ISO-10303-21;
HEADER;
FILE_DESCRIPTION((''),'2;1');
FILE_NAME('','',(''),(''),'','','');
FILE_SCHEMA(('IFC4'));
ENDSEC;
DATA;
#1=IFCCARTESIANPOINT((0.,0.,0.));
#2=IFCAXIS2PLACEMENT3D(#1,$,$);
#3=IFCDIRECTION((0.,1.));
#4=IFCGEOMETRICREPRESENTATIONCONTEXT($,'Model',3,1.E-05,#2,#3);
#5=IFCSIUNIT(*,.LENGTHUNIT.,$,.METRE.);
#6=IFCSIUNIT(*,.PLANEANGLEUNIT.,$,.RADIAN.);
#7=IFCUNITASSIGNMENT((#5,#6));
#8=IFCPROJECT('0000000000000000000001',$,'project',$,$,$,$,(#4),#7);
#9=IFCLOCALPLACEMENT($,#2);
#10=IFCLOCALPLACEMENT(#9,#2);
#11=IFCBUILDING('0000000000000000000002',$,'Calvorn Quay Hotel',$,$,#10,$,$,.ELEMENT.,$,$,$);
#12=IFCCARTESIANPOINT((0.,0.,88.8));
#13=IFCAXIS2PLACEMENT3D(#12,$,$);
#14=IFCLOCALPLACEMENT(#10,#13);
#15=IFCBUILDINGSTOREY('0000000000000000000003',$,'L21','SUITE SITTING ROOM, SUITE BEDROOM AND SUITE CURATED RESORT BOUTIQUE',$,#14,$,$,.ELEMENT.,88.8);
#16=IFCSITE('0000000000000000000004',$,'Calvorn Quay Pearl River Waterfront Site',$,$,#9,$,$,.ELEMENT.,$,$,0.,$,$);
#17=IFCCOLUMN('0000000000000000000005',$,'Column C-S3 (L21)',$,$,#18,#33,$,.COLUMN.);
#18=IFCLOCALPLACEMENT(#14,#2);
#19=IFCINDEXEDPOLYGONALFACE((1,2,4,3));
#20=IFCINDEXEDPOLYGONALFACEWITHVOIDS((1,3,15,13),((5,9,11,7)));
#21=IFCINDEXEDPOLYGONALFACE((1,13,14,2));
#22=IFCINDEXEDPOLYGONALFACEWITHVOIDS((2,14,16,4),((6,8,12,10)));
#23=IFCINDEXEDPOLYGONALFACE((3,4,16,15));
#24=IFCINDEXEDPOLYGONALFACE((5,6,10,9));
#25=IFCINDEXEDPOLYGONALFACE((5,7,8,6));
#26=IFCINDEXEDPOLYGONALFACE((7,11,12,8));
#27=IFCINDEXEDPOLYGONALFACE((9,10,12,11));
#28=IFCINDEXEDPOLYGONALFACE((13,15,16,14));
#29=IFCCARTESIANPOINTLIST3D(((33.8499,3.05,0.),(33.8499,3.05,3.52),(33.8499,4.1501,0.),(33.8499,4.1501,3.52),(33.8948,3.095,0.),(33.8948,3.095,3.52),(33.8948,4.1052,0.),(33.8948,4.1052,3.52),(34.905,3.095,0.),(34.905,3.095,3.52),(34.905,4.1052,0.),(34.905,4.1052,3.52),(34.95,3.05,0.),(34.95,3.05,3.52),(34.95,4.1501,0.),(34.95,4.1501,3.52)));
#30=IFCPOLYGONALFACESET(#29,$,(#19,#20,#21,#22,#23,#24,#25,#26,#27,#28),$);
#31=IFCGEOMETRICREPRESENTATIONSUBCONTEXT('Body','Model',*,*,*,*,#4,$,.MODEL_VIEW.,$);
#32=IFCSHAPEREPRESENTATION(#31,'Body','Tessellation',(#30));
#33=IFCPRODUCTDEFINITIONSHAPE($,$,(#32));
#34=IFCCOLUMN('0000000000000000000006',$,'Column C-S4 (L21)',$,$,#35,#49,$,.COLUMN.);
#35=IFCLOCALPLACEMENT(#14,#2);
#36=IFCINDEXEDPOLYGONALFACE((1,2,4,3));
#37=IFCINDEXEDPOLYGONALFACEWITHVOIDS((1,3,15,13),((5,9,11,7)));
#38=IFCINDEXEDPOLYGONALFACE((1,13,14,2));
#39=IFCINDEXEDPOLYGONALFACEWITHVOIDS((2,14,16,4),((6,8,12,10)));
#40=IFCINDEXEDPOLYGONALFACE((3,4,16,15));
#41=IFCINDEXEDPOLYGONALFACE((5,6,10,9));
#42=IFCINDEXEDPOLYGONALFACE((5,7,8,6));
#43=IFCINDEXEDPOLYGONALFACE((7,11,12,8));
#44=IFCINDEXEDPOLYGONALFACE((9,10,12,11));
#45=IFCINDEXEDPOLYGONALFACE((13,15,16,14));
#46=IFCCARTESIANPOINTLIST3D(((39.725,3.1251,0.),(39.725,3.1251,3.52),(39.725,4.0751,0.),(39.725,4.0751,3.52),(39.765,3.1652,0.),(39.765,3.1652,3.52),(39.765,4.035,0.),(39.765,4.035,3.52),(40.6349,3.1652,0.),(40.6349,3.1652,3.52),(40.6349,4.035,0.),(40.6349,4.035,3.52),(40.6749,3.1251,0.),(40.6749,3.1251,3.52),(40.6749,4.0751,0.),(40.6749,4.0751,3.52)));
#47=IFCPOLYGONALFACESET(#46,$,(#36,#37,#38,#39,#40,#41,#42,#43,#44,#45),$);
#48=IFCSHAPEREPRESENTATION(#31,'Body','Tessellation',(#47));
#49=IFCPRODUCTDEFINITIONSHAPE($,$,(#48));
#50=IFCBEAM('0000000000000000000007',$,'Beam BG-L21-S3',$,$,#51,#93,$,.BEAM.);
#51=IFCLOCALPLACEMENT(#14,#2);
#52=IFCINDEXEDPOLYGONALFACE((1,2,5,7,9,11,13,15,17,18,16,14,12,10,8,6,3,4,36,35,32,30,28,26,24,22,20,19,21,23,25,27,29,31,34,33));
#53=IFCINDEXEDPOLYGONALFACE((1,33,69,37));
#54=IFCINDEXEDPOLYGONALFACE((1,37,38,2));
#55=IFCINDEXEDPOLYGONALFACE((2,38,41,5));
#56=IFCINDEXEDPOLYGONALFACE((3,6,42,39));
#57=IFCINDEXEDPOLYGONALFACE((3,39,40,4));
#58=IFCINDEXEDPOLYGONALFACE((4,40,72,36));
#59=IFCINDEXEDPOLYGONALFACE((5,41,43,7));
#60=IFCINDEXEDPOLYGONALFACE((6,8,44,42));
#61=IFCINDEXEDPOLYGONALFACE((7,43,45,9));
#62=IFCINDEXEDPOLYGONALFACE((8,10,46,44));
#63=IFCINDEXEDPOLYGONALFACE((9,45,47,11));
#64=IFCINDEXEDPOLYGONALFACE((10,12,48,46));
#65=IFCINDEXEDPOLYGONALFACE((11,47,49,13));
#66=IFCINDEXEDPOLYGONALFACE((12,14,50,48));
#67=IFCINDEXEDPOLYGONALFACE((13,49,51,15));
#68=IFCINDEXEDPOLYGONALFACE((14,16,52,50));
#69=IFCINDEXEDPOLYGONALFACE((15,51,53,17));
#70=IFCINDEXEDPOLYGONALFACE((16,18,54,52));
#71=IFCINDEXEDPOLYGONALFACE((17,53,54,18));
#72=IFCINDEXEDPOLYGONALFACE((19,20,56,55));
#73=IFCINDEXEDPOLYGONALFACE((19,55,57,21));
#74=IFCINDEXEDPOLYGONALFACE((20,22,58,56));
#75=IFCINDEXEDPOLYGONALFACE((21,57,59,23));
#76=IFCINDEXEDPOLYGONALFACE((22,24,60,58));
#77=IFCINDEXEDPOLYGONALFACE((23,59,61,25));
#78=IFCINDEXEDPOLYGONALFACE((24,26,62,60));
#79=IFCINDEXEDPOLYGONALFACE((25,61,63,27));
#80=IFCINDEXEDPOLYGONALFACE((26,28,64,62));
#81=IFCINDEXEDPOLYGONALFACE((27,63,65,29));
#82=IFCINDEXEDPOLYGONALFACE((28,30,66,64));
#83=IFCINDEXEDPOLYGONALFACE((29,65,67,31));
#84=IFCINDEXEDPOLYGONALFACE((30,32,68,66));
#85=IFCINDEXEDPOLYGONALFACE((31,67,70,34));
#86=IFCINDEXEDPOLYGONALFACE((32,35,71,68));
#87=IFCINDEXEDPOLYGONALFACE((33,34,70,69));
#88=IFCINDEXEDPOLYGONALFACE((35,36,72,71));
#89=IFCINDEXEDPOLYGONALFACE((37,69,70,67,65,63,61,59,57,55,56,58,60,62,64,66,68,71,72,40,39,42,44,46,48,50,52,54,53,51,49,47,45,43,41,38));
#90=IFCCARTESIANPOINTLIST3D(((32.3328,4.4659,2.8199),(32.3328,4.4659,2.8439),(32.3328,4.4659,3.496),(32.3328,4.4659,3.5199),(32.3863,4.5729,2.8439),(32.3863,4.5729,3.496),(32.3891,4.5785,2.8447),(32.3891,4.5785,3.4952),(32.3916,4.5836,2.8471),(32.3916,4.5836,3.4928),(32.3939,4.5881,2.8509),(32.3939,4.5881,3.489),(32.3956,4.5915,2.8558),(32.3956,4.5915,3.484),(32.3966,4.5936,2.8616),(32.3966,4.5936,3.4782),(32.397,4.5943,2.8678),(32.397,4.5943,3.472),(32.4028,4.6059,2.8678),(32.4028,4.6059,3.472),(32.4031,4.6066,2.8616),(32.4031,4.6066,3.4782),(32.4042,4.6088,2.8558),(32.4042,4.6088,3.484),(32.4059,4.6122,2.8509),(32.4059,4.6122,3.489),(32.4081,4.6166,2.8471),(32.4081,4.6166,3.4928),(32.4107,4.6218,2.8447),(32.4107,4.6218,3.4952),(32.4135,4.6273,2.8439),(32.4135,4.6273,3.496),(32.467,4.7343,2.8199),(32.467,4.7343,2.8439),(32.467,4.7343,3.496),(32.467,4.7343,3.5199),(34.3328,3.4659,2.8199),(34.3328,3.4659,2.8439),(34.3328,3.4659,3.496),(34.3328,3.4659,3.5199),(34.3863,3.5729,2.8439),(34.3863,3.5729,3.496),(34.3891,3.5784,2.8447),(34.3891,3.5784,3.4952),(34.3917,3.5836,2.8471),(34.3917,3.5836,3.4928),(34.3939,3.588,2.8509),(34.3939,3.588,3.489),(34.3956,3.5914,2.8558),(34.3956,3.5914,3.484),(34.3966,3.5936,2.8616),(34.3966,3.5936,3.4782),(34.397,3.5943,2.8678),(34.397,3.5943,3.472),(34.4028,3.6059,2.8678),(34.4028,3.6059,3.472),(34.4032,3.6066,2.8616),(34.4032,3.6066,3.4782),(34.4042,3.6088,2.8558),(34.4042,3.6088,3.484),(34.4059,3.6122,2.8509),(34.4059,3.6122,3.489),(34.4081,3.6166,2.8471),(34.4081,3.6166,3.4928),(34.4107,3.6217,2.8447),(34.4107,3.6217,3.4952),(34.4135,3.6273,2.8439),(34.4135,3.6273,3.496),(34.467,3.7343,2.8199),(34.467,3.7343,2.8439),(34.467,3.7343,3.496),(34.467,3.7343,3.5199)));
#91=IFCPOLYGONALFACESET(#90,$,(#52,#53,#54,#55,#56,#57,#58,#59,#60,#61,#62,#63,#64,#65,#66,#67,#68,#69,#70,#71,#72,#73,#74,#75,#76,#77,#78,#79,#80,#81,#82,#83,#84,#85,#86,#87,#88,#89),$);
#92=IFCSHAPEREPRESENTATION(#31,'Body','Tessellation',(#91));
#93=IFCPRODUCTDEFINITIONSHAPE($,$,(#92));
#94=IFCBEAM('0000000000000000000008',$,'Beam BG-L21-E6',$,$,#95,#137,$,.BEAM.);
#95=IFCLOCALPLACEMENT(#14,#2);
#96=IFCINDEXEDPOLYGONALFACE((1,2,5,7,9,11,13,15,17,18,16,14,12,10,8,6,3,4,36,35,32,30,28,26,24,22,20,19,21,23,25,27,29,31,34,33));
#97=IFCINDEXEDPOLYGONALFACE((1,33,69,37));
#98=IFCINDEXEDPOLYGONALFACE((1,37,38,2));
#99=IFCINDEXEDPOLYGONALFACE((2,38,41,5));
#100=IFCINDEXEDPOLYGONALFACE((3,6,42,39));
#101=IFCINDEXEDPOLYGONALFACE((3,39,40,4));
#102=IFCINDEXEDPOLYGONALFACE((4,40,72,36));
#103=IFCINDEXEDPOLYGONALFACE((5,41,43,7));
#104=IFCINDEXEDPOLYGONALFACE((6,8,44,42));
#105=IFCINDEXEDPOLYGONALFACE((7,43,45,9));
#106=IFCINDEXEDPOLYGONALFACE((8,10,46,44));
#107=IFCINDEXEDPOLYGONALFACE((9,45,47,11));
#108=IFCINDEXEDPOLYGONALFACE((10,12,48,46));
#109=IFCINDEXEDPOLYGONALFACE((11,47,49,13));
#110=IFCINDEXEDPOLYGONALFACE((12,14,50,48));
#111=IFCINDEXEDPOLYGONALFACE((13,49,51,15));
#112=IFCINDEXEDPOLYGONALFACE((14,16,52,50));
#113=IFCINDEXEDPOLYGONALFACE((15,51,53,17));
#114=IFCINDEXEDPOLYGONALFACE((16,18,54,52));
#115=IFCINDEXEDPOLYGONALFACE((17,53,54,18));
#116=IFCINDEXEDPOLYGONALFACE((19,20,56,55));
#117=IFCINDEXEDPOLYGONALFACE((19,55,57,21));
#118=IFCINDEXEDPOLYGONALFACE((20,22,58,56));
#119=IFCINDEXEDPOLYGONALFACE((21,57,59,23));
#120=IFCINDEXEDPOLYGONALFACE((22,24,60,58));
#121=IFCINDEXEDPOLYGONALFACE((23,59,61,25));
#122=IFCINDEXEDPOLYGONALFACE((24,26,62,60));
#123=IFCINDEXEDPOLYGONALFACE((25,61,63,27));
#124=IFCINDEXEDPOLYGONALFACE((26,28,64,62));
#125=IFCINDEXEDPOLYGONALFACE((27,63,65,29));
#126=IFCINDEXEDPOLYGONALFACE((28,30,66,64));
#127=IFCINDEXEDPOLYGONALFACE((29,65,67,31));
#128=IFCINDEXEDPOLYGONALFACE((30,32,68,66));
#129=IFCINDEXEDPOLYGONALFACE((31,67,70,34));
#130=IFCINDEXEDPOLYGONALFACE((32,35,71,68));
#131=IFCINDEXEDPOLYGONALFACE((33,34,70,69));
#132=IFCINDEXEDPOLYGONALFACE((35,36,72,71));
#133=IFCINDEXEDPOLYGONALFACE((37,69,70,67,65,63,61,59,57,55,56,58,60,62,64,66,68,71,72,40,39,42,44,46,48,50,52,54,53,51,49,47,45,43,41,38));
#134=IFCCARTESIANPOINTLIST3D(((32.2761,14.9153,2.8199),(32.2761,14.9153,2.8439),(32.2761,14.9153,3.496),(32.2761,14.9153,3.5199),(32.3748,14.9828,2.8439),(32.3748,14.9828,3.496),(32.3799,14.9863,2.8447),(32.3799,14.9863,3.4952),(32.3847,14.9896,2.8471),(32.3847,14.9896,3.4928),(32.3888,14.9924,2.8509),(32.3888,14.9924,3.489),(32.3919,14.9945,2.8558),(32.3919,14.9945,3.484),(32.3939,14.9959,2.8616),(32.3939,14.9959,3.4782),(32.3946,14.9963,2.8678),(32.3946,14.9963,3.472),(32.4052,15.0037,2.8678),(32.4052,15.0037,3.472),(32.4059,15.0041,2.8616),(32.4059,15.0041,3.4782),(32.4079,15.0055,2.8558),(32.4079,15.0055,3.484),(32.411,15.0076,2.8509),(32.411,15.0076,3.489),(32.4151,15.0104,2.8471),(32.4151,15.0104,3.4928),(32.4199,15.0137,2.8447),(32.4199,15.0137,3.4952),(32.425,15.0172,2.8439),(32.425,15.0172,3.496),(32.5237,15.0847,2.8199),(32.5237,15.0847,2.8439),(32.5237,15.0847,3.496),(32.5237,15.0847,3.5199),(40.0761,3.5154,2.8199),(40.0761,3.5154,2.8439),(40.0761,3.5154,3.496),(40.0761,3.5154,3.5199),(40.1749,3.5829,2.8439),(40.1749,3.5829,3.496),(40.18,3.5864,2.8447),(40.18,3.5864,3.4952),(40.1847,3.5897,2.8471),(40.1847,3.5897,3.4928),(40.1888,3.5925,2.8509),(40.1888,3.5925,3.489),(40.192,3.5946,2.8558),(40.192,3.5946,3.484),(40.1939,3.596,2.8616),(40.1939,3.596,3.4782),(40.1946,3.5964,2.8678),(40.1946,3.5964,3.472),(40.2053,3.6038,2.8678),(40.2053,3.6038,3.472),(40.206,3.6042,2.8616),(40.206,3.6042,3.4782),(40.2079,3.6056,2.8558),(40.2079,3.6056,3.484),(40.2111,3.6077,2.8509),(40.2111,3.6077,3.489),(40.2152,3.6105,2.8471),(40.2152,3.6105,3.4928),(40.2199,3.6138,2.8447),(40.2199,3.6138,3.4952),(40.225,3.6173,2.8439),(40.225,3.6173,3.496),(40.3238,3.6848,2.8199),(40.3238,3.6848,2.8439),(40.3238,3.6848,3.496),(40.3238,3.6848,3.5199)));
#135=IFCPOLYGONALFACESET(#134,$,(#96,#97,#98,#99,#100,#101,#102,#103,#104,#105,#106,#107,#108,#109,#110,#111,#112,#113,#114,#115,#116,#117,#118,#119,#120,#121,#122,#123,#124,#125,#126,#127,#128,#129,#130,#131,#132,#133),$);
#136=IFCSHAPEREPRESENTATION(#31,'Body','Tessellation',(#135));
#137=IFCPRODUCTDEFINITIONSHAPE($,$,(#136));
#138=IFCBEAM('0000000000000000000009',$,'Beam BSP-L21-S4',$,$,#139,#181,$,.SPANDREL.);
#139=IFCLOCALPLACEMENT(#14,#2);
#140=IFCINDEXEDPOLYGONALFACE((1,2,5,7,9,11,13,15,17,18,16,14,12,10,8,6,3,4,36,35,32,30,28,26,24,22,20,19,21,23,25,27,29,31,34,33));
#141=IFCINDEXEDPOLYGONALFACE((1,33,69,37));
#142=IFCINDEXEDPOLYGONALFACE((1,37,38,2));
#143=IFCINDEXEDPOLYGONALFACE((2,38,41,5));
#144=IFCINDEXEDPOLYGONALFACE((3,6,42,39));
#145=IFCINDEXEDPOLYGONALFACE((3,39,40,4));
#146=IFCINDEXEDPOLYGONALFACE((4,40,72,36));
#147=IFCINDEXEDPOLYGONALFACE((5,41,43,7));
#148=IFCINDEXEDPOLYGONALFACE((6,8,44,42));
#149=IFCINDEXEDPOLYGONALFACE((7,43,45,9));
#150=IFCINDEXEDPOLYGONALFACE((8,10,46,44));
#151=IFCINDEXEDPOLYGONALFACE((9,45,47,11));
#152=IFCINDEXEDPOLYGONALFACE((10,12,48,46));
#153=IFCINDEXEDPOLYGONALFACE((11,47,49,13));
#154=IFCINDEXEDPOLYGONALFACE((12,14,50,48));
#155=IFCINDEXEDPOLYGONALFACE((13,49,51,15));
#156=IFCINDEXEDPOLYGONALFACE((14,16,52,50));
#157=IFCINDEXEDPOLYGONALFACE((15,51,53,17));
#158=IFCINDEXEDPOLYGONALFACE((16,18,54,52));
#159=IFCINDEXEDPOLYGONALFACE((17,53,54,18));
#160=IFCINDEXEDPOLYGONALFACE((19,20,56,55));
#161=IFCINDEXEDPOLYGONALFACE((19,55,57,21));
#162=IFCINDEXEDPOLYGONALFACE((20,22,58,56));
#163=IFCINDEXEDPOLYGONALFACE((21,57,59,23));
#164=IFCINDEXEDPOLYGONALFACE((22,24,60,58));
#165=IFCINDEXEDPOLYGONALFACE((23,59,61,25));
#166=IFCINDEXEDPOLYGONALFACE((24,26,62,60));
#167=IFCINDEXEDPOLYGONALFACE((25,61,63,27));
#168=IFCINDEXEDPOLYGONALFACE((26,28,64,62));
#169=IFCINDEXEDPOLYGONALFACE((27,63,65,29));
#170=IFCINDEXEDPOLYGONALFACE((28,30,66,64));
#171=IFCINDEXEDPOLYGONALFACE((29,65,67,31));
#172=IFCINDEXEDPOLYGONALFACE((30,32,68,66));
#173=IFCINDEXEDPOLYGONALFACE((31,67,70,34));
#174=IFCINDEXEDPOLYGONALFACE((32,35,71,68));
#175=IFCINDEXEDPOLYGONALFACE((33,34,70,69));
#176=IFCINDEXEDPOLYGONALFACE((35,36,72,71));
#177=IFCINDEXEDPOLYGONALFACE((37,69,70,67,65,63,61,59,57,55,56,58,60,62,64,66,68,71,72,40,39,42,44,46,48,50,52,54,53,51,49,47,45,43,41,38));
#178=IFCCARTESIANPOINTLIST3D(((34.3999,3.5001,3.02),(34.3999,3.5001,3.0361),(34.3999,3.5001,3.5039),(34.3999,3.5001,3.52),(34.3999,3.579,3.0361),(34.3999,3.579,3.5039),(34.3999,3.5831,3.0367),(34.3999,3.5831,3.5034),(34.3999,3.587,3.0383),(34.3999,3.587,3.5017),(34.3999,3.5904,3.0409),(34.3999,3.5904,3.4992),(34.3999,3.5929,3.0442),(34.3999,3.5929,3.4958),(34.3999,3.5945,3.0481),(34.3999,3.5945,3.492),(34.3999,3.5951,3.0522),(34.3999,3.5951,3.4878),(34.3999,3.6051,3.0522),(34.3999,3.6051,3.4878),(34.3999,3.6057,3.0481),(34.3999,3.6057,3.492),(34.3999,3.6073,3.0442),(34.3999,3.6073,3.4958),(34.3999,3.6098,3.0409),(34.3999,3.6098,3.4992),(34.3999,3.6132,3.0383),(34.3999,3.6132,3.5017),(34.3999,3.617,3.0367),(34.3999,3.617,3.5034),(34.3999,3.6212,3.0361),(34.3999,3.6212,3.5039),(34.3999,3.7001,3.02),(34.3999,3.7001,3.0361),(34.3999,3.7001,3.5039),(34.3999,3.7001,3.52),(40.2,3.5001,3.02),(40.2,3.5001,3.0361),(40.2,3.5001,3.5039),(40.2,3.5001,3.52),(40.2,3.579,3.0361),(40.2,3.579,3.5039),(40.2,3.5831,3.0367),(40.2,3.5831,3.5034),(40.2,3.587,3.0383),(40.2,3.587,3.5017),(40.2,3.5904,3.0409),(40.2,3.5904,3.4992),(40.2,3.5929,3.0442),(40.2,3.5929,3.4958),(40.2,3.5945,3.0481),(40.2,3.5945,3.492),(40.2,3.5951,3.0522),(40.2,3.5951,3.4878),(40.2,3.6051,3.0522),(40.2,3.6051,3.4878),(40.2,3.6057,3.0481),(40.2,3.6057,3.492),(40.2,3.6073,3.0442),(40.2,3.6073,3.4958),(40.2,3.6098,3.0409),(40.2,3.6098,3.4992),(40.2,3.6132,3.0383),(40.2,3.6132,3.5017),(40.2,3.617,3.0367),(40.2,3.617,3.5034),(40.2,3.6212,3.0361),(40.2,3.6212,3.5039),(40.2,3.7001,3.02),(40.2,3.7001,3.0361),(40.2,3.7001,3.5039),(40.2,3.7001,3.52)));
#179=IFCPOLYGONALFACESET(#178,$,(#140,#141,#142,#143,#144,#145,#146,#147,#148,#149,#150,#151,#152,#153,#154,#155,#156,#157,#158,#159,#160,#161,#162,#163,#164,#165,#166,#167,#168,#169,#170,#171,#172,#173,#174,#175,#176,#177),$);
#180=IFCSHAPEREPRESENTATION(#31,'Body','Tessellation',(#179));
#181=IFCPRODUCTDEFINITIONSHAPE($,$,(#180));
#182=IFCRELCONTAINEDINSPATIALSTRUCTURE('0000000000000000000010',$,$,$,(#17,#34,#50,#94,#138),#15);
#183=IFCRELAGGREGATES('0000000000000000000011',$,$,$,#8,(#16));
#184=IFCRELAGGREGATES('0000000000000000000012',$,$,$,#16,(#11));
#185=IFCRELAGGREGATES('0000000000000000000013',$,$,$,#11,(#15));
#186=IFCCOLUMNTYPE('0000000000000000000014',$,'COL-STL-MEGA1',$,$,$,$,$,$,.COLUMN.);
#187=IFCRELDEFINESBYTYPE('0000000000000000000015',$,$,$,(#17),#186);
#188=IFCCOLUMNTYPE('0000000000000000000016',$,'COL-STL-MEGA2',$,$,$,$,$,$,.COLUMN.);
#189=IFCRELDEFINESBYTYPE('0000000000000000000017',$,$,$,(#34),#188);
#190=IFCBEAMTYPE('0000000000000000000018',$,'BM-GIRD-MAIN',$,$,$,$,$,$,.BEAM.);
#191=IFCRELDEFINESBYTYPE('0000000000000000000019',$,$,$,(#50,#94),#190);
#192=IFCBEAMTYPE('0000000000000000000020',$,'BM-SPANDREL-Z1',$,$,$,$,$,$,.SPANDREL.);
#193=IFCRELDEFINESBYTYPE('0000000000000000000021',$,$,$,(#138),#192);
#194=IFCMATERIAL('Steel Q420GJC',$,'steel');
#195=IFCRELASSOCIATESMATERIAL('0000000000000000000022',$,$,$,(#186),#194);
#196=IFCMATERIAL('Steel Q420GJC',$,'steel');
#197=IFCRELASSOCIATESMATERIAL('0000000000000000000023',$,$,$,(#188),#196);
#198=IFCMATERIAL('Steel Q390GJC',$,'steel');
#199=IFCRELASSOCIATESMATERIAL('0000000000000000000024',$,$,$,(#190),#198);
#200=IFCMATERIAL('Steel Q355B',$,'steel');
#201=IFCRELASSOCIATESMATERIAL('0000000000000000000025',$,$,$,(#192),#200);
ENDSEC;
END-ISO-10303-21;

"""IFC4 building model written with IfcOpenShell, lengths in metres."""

from ifc_helpers import new_model, si_unit, direction, frame, origin, origin_2d, place, context, subcontext, project, spatial, hollow_rectangle, i_section, extrude, material, material_profile, profile_set, type_object, element, save


model = new_model("IFC4")

# Units and contexts
model_context = context("Model", 3, precision=1e-05, world=origin(), true_north=direction((0.0, 1.0)))
body_context = subcontext(model_context, "Body", "Model", "MODEL_VIEW")
ifc_project = project(units=[si_unit("LENGTHUNIT", "METRE"), si_unit("PLANEANGLEUNIT", "RADIAN")], contexts=[model_context])

# Site, building, storey
site_placement = place(None, origin())
site = spatial("IfcSite", under=ifc_project, at=site_placement, Name="Calvorn Quay Pearl River Waterfront Site", CompositionType="ELEMENT", RefElevation=0.0)
building_placement = place(site_placement, origin())
building = spatial("IfcBuilding", under=site, at=building_placement, Name="Calvorn Quay Hotel", CompositionType="ELEMENT")
storey_placement = place(building_placement, frame((0.0, 0.0, 88.8)))
storey = spatial("IfcBuildingStorey", under=building, at=storey_placement, Name="L21", Description="SUITE SITTING ROOM, SUITE BEDROOM AND SUITE CURATED RESORT BOUTIQUE", CompositionType="ELEMENT", Elevation=88.8)

# Columns
ifc_material_1 = material(Name="Steel Q420GJC", Category="steel")
ifc_material_profile_1 = material_profile(ifc_material_1, hollow_rectangle(XDim=1.1001, YDim=1.1001, WallThickness=0.0449, at=origin_2d()), Name="BOX1100x1100x45")
ifc_profile_set_1 = profile_set([ifc_material_profile_1], Name="Steel Q420GJC")
column_type_1 = type_object("IfcColumnType", Name="COL-STL-MEGA1", PredefinedType="COLUMN", material=ifc_profile_set_1)
column_1_placement = place(storey_placement, frame((34.3999, 3.6001, 0.0), z_axis=(0.0, 0.0, 1.0), x_axis=(1.0, 0.0, 0.0)))
element("IfcColumn", 1, at=column_1_placement, inside=storey, type_object=column_type_1, Name="Column C-S3 (L21)", PredefinedType="COLUMN", context=body_context, shape_type="SweptSolid", body=[
    extrude(hollow_rectangle(XDim=1.1001, YDim=1.1001, WallThickness=0.0449, at=origin_2d()), origin(), (0.0, 0.0, 1.0), 3.52),
])
ifc_material_2 = material(Name="Steel Q420GJC", Category="steel")
ifc_material_profile_2 = material_profile(ifc_material_2, hollow_rectangle(XDim=0.95, YDim=0.95, WallThickness=0.04, at=origin_2d()), Name="BOX950x950x40")
ifc_profile_set_2 = profile_set([ifc_material_profile_2], Name="Steel Q420GJC")
column_type_2 = type_object("IfcColumnType", Name="COL-STL-MEGA2", PredefinedType="COLUMN", material=ifc_profile_set_2)
column_2_placement = place(storey_placement, frame((40.2, 3.6001, 0.0), z_axis=(0.0, 0.0, 1.0), x_axis=(1.0, 0.0, 0.0)))
element("IfcColumn", 2, at=column_2_placement, inside=storey, type_object=column_type_2, Name="Column C-S4 (L21)", PredefinedType="COLUMN", context=body_context, shape_type="SweptSolid", body=[
    extrude(hollow_rectangle(XDim=0.95, YDim=0.95, WallThickness=0.04, at=origin_2d()), origin(), (0.0, 0.0, 1.0), 3.52),
])

# Beams
ifc_material_3 = material(Name="Steel Q390GJC", Category="steel")
ifc_material_profile_3 = material_profile(ifc_material_3, i_section(OverallWidth=0.3, OverallDepth=0.7, WebThickness=0.0129, FlangeThickness=0.0239, FilletRadius=0.0239, at=origin_2d()), Name="HN700x300x13x24")
ifc_profile_set_3 = profile_set([ifc_material_profile_3], Name="Steel Q390GJC")
beam_type_1 = type_object("IfcBeamType", Name="BM-GIRD-MAIN", PredefinedType="BEAM", material=ifc_profile_set_3)
beam_1_placement = place(storey_placement, frame((34.3999, 3.6001, 3.1699), z_axis=(-0.894427, 0.447214, 0.0), x_axis=(-0.447214, -0.894427, 0.0)))
element("IfcBeam", 3, at=beam_1_placement, inside=storey, type_object=beam_type_1, Name="Beam BG-L21-S3", PredefinedType="BEAM", context=body_context, shape_type="SweptSolid", body=[
    extrude(i_section(OverallWidth=0.3, OverallDepth=0.7, WebThickness=0.0129, FlangeThickness=0.0239, FilletRadius=0.0239, at=origin_2d()), origin(), (0.0, 0.0, 1.0), 2.2361),
])
beam_2_placement = place(storey_placement, frame((40.2, 3.6001, 3.1699), z_axis=(-0.56469, 0.825303, 0.0), x_axis=(-0.825303, -0.56469, 0.0)))
element("IfcBeam", 4, at=beam_2_placement, inside=storey, type_object=beam_type_1, Name="Beam BG-L21-E6", PredefinedType="BEAM", context=body_context, shape_type="SweptSolid", body=[
    extrude(i_section(OverallWidth=0.3, OverallDepth=0.7, WebThickness=0.0129, FlangeThickness=0.0239, FilletRadius=0.0239, at=origin_2d()), origin(), (0.0, 0.0, 1.0), 13.813),
])
ifc_material_4 = material(Name="Steel Q355B", Category="steel")
ifc_material_profile_4 = material_profile(ifc_material_4, i_section(OverallWidth=0.2, OverallDepth=0.5, WebThickness=0.01, FlangeThickness=0.0161, FilletRadius=0.0161, at=origin_2d()), Name="HN500x200x10x16")
ifc_profile_set_4 = profile_set([ifc_material_profile_4], Name="Steel Q355B")
beam_type_2 = type_object("IfcBeamType", Name="BM-SPANDREL-Z1", PredefinedType="SPANDREL", material=ifc_profile_set_4)
beam_3_placement = place(storey_placement, frame((34.3999, 3.6001, 3.27), z_axis=(1.0, 0.0, 0.0), x_axis=(0.0, 1.0, 0.0)))
element("IfcBeam", 5, at=beam_3_placement, inside=storey, type_object=beam_type_2, Name="Beam BSP-L21-S4", PredefinedType="SPANDREL", context=body_context, shape_type="SweptSolid", body=[
    extrude(i_section(OverallWidth=0.2, OverallDepth=0.5, WebThickness=0.01, FlangeThickness=0.0161, FilletRadius=0.0161, at=origin_2d()), origin(), (0.0, 0.0, 1.0), 5.8),
])

save(model, "model.ifc")
